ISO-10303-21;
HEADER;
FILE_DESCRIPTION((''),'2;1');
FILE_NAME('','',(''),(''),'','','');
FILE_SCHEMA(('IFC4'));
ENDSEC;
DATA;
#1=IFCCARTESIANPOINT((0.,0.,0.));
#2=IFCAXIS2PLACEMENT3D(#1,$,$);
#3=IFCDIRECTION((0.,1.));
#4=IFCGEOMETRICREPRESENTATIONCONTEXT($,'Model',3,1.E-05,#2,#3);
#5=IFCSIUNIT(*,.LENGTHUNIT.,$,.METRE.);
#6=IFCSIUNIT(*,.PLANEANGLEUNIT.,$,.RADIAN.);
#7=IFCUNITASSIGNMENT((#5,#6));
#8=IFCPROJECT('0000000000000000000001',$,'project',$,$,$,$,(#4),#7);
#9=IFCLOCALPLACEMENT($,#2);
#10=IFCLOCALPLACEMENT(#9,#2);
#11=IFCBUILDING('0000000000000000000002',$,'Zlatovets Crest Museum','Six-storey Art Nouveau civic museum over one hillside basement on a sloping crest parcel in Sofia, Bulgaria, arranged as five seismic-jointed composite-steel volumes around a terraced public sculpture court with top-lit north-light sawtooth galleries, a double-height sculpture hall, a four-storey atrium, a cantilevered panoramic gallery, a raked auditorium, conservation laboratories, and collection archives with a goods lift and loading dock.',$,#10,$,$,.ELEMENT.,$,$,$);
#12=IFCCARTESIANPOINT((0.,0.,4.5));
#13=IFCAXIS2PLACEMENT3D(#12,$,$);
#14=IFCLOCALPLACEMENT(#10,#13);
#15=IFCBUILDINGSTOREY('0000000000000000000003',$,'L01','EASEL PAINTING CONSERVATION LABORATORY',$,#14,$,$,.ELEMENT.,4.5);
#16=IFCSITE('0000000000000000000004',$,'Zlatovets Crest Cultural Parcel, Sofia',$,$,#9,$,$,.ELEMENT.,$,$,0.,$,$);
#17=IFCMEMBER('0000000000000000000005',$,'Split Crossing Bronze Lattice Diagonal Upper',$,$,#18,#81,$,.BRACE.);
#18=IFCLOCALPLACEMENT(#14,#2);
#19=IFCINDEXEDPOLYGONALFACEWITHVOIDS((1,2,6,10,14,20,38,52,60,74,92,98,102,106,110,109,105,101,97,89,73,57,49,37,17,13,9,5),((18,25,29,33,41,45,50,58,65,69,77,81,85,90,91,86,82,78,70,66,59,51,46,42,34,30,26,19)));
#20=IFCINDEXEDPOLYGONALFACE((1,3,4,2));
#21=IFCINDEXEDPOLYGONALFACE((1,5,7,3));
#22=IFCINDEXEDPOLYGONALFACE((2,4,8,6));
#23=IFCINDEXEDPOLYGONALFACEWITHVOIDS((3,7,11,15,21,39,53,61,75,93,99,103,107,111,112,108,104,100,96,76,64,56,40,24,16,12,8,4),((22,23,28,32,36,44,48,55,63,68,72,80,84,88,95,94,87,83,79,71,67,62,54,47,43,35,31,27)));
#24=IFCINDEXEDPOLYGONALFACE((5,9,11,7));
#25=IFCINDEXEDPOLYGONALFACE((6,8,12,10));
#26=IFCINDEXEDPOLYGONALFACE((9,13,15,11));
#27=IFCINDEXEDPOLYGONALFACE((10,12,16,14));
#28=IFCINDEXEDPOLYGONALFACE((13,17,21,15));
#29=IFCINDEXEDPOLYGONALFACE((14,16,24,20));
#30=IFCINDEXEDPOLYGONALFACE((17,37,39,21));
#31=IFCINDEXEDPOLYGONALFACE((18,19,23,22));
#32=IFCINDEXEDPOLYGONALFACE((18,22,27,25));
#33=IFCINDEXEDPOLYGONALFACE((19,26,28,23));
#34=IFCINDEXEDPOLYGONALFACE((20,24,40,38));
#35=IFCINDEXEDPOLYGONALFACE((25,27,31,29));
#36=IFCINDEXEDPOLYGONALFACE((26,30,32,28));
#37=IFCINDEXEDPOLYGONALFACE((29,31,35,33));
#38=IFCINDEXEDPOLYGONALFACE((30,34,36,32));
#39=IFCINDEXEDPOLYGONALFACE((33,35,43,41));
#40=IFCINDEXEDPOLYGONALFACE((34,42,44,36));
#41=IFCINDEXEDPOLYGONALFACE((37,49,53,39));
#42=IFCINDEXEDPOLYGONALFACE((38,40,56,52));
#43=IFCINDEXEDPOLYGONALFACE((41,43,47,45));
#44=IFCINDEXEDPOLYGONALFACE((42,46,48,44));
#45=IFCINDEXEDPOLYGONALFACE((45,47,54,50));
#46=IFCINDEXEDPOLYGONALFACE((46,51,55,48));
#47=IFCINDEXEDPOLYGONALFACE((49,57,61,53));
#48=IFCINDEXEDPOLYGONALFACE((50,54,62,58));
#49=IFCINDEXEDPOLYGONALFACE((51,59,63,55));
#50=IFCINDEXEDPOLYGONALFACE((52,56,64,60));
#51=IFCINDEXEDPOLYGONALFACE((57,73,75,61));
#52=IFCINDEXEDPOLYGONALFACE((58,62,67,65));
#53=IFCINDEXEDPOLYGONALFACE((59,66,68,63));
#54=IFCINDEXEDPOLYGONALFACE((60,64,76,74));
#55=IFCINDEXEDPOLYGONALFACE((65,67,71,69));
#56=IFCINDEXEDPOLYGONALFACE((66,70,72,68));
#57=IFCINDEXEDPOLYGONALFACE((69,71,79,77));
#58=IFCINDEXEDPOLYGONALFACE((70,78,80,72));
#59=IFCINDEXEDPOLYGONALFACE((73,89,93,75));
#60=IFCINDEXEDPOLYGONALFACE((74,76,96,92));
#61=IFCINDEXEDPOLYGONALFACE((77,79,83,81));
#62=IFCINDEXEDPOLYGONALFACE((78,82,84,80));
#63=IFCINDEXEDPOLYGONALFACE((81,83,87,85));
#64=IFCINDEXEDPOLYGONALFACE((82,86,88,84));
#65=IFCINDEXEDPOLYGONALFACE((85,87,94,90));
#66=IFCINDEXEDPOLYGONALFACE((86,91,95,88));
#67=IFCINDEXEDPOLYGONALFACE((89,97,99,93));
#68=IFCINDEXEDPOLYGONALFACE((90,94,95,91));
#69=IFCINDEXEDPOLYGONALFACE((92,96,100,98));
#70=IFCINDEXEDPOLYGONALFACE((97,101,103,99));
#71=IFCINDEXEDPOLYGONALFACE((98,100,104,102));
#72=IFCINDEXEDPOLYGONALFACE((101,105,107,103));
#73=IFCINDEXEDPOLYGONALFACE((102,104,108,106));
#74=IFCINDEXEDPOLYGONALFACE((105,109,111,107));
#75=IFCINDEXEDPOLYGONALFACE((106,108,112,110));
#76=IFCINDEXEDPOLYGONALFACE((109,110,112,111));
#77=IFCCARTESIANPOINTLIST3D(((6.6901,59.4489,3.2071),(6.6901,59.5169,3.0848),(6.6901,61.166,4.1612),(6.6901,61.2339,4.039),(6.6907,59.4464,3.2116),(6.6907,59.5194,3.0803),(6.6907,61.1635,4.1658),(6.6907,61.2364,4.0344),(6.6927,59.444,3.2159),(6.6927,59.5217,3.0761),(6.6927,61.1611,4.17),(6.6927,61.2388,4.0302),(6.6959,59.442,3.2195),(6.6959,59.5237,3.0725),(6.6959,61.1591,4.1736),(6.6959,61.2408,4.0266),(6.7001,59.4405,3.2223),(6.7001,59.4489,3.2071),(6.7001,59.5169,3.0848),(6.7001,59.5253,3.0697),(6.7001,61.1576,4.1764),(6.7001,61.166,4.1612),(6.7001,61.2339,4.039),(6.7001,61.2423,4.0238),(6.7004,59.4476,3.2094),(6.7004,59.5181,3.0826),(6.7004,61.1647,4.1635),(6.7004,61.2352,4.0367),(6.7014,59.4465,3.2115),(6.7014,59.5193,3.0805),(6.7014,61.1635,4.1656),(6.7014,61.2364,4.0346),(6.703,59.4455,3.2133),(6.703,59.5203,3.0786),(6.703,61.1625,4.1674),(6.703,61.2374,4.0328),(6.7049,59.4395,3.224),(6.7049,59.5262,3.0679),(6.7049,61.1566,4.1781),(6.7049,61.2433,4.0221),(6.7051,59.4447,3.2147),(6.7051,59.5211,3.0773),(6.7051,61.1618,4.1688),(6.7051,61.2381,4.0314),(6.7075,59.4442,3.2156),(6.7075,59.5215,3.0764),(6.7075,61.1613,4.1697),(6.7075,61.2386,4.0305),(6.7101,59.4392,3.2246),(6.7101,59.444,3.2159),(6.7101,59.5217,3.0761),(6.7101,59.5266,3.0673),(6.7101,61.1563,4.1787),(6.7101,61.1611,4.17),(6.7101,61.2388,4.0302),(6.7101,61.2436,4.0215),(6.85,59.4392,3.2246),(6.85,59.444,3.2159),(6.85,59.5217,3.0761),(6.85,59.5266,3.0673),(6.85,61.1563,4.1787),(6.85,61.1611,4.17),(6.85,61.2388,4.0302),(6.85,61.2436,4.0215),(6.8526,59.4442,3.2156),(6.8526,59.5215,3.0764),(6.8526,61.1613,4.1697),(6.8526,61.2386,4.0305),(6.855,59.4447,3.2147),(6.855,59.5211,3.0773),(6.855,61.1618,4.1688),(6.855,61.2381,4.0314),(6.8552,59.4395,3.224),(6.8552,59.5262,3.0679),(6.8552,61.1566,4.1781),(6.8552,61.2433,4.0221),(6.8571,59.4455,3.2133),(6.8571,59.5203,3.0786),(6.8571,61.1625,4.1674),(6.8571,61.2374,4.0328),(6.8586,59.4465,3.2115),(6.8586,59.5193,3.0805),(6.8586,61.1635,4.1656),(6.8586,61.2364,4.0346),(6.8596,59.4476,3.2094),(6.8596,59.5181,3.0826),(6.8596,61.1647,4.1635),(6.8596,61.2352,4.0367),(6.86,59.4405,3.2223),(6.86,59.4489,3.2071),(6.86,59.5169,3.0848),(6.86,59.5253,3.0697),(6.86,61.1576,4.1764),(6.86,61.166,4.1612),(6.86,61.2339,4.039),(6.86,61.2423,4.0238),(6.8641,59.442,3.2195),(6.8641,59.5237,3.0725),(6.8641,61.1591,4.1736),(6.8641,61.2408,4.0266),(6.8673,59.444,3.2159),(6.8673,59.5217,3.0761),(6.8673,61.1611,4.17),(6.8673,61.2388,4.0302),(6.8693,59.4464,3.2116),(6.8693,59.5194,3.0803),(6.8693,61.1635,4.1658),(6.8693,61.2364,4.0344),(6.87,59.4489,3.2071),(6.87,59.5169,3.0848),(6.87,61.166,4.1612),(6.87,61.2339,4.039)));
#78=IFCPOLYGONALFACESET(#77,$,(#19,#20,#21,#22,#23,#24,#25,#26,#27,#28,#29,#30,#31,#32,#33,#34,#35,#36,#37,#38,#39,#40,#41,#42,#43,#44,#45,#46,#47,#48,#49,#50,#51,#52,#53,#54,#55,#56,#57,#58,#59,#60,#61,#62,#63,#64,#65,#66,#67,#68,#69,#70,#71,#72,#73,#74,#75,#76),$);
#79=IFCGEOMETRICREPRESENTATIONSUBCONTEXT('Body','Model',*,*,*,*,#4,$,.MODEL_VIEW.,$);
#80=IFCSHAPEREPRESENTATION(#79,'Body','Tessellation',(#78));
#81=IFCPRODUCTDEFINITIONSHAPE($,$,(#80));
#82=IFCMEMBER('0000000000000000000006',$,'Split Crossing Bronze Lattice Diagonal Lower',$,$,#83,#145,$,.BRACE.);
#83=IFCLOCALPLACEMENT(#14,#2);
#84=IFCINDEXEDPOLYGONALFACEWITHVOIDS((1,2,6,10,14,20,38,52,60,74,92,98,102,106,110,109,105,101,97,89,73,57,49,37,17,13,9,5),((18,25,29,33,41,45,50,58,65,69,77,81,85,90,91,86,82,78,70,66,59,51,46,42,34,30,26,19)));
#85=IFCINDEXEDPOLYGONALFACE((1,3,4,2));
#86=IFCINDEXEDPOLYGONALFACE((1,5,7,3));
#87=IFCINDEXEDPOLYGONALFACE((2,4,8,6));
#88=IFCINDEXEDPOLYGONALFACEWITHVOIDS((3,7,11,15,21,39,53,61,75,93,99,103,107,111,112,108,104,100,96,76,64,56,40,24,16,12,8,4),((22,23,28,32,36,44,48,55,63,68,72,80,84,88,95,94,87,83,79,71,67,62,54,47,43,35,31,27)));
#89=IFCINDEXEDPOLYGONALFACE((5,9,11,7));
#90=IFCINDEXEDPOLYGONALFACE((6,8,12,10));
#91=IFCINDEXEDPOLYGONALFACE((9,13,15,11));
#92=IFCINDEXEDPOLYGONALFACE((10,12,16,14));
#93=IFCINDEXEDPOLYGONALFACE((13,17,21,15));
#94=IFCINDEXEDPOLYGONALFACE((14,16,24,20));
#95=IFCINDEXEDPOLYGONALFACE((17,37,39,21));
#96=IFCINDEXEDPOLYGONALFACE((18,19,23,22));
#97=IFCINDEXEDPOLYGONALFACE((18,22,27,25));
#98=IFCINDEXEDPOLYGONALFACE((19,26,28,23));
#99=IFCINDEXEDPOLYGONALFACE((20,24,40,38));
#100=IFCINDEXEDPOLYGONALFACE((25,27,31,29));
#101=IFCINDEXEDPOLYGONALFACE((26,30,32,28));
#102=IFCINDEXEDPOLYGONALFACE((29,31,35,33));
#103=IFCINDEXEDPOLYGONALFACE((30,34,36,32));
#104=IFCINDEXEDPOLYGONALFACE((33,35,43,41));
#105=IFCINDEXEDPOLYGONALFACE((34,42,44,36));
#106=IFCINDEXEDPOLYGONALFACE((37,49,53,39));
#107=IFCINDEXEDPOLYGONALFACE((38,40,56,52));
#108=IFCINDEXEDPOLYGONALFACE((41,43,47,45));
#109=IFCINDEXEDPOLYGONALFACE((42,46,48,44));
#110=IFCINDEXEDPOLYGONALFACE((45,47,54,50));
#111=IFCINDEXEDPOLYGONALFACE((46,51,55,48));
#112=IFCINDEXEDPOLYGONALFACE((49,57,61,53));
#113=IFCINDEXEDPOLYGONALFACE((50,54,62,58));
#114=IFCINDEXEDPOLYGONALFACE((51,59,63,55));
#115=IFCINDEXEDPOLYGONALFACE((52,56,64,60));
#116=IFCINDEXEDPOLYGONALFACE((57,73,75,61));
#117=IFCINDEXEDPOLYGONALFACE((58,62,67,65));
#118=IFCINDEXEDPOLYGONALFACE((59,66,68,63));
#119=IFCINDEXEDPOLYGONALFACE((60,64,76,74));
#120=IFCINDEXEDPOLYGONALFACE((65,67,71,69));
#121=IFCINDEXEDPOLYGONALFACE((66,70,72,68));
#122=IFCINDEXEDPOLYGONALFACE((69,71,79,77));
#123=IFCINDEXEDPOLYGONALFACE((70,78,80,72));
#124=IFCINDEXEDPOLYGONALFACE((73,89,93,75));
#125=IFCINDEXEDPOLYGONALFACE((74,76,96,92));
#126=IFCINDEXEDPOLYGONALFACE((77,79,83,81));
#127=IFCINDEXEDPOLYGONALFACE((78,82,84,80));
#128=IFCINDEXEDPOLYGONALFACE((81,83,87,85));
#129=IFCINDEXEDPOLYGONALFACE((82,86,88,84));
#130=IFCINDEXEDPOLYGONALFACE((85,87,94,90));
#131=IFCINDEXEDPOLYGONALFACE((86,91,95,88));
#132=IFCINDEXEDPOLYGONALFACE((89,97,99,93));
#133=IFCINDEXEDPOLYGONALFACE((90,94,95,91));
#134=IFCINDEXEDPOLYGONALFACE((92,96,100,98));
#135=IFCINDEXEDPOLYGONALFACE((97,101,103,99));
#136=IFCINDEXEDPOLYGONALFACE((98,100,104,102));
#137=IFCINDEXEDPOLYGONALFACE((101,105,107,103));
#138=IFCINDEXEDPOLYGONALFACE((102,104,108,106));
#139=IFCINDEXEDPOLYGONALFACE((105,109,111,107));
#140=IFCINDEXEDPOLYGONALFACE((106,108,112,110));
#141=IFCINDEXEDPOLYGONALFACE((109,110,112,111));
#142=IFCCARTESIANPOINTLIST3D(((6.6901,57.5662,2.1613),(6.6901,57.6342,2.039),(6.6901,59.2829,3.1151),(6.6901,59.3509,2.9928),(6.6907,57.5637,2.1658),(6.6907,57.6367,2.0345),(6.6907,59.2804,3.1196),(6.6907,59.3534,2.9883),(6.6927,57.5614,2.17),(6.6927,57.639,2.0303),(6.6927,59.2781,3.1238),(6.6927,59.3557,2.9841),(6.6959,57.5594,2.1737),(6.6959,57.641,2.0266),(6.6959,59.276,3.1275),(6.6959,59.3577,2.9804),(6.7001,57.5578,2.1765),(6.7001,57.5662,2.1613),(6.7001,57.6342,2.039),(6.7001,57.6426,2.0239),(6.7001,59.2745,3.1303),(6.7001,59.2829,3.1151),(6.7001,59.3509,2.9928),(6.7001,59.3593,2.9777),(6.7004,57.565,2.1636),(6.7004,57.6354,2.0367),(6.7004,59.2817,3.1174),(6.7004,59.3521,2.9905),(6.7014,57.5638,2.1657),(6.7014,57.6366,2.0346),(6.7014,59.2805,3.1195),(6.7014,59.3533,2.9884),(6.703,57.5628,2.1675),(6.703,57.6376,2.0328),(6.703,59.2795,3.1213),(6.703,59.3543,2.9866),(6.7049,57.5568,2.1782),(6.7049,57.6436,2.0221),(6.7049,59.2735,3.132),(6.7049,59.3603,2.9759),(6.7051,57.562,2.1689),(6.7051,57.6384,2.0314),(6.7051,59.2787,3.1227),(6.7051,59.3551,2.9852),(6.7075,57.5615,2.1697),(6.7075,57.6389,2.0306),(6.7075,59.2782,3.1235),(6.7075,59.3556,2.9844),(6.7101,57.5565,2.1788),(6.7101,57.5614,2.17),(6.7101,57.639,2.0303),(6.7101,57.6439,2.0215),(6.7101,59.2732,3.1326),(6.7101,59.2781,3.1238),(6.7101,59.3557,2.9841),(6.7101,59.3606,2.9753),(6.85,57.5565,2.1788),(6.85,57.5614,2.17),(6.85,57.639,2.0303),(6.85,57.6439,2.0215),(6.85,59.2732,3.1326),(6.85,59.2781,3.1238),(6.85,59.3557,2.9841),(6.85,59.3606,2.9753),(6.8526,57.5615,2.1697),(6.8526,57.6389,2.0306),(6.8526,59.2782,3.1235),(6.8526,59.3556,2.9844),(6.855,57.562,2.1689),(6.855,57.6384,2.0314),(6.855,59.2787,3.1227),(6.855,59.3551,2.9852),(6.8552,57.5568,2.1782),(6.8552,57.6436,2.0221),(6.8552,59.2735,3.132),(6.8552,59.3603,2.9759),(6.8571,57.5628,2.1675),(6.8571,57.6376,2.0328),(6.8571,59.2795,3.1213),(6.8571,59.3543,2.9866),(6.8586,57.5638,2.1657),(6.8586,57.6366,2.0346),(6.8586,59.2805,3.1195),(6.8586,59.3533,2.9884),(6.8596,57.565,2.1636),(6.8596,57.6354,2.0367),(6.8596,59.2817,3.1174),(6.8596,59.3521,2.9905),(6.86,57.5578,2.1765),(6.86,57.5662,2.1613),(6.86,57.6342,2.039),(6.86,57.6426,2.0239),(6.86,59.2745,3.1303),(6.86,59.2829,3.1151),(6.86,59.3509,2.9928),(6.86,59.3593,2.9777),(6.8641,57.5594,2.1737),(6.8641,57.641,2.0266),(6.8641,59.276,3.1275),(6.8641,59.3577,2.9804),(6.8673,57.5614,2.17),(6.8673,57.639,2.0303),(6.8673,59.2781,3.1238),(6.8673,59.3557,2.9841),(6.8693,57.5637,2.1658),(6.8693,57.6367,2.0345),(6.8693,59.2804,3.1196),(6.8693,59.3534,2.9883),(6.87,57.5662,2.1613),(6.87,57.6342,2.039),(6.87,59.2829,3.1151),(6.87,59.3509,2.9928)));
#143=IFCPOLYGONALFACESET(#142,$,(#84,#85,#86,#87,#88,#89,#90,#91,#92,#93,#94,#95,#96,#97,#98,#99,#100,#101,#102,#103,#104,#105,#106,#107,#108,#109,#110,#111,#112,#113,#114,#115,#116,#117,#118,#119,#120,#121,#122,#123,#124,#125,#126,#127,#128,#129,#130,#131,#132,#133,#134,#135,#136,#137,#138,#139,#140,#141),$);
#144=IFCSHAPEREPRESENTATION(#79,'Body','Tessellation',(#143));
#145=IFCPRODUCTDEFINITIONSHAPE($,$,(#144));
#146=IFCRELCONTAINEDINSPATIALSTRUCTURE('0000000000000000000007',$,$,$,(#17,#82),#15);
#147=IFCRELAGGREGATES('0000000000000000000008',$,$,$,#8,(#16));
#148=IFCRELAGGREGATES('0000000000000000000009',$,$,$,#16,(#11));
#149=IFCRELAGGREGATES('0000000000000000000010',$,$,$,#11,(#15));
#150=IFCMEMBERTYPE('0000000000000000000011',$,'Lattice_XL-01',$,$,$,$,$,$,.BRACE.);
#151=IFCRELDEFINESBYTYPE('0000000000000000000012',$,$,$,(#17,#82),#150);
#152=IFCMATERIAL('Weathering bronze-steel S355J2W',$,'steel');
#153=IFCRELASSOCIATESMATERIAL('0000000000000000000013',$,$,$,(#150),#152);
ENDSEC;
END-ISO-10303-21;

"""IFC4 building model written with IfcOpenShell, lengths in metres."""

from ifc_helpers import new_model, si_unit, direction, frame, origin, origin_2d, place, context, subcontext, project, spatial, hollow_rectangle, extrude, material, material_profile, profile_set, type_object, element, save


model = new_model("IFC4")

# Units and contexts
model_context = context("Model", 3, precision=1e-05, world=origin(), true_north=direction((0.0, 1.0)))
body_context = subcontext(model_context, "Body", "Model", "MODEL_VIEW")
ifc_project = project(units=[si_unit("LENGTHUNIT", "METRE"), si_unit("PLANEANGLEUNIT", "RADIAN")], contexts=[model_context])

# Site, building, storey
site_placement = place(None, origin())
site = spatial("IfcSite", under=ifc_project, at=site_placement, Name="Zlatovets Crest Cultural Parcel, Sofia", CompositionType="ELEMENT", RefElevation=0.0)
building_placement = place(site_placement, origin())
building = spatial("IfcBuilding", under=site, at=building_placement, Name="Zlatovets Crest Museum", Description="Six-storey Art Nouveau civic museum over one hillside basement on a sloping crest parcel in Sofia, Bulgaria, arranged as five seismic-jointed composite-steel volumes around a terraced public sculpture court with top-lit north-light sawtooth galleries, a double-height sculpture hall, a four-storey atrium, a cantilevered panoramic gallery, a raked auditorium, conservation laboratories, and collection archives with a goods lift and loading dock.", CompositionType="ELEMENT")
storey_placement = place(building_placement, frame((0.0, 0.0, 4.5)))
storey = spatial("IfcBuildingStorey", under=building, at=storey_placement, Name="L01", Description="EASEL PAINTING CONSERVATION LABORATORY", CompositionType="ELEMENT", Elevation=4.5)

# Members
ifc_material_1 = material(Name="Weathering bronze-steel S355J2W", Category="steel")
ifc_material_profile_1 = material_profile(ifc_material_1, hollow_rectangle(XDim=0.1799, YDim=0.1799, WallThickness=0.01, InnerFilletRadius=0.01, OuterFilletRadius=0.02, at=origin_2d()), Name="SHS 180x180x10.0")
ifc_profile_set_1 = profile_set([ifc_material_profile_1], Name="Weathering bronze-steel S355J2W")
member_type_1 = type_object("IfcMemberType", Name="Lattice_XL-01", PredefinedType="BRACE", material=ifc_profile_set_1)
member_1_placement = place(storey_placement, frame((6.78, 61.2, 4.1001), z_axis=(0.0, -0.874116, -0.485717), x_axis=(1.0, 0.0, 0.0)))
element("IfcMember", 1, at=member_1_placement, inside=storey, type_object=member_type_1, Name="Split Crossing Bronze Lattice Diagonal Upper", PredefinedType="BRACE", context=body_context, shape_type="SweptSolid", body=[
    extrude(hollow_rectangle(XDim=0.1799, YDim=0.1799, WallThickness=0.01, InnerFilletRadius=0.01, OuterFilletRadius=0.02, at=origin_2d()), origin(), (0.0, 0.0, 1.0), 1.9644),
])
member_2_placement = place(storey_placement, frame((6.78, 59.3169, 3.054), z_axis=(0.0, -0.87414, -0.485675), x_axis=(1.0, 0.0, 0.0)))
element("IfcMember", 2, at=member_2_placement, inside=storey, type_object=member_type_1, Name="Split Crossing Bronze Lattice Diagonal Lower", PredefinedType="BRACE", context=body_context, shape_type="SweptSolid", body=[
    extrude(hollow_rectangle(XDim=0.1799, YDim=0.1799, WallThickness=0.01, InnerFilletRadius=0.01, OuterFilletRadius=0.02, at=origin_2d()), origin(), (0.0, 0.0, 1.0), 1.9639),
])

save(model, "model.ifc")
